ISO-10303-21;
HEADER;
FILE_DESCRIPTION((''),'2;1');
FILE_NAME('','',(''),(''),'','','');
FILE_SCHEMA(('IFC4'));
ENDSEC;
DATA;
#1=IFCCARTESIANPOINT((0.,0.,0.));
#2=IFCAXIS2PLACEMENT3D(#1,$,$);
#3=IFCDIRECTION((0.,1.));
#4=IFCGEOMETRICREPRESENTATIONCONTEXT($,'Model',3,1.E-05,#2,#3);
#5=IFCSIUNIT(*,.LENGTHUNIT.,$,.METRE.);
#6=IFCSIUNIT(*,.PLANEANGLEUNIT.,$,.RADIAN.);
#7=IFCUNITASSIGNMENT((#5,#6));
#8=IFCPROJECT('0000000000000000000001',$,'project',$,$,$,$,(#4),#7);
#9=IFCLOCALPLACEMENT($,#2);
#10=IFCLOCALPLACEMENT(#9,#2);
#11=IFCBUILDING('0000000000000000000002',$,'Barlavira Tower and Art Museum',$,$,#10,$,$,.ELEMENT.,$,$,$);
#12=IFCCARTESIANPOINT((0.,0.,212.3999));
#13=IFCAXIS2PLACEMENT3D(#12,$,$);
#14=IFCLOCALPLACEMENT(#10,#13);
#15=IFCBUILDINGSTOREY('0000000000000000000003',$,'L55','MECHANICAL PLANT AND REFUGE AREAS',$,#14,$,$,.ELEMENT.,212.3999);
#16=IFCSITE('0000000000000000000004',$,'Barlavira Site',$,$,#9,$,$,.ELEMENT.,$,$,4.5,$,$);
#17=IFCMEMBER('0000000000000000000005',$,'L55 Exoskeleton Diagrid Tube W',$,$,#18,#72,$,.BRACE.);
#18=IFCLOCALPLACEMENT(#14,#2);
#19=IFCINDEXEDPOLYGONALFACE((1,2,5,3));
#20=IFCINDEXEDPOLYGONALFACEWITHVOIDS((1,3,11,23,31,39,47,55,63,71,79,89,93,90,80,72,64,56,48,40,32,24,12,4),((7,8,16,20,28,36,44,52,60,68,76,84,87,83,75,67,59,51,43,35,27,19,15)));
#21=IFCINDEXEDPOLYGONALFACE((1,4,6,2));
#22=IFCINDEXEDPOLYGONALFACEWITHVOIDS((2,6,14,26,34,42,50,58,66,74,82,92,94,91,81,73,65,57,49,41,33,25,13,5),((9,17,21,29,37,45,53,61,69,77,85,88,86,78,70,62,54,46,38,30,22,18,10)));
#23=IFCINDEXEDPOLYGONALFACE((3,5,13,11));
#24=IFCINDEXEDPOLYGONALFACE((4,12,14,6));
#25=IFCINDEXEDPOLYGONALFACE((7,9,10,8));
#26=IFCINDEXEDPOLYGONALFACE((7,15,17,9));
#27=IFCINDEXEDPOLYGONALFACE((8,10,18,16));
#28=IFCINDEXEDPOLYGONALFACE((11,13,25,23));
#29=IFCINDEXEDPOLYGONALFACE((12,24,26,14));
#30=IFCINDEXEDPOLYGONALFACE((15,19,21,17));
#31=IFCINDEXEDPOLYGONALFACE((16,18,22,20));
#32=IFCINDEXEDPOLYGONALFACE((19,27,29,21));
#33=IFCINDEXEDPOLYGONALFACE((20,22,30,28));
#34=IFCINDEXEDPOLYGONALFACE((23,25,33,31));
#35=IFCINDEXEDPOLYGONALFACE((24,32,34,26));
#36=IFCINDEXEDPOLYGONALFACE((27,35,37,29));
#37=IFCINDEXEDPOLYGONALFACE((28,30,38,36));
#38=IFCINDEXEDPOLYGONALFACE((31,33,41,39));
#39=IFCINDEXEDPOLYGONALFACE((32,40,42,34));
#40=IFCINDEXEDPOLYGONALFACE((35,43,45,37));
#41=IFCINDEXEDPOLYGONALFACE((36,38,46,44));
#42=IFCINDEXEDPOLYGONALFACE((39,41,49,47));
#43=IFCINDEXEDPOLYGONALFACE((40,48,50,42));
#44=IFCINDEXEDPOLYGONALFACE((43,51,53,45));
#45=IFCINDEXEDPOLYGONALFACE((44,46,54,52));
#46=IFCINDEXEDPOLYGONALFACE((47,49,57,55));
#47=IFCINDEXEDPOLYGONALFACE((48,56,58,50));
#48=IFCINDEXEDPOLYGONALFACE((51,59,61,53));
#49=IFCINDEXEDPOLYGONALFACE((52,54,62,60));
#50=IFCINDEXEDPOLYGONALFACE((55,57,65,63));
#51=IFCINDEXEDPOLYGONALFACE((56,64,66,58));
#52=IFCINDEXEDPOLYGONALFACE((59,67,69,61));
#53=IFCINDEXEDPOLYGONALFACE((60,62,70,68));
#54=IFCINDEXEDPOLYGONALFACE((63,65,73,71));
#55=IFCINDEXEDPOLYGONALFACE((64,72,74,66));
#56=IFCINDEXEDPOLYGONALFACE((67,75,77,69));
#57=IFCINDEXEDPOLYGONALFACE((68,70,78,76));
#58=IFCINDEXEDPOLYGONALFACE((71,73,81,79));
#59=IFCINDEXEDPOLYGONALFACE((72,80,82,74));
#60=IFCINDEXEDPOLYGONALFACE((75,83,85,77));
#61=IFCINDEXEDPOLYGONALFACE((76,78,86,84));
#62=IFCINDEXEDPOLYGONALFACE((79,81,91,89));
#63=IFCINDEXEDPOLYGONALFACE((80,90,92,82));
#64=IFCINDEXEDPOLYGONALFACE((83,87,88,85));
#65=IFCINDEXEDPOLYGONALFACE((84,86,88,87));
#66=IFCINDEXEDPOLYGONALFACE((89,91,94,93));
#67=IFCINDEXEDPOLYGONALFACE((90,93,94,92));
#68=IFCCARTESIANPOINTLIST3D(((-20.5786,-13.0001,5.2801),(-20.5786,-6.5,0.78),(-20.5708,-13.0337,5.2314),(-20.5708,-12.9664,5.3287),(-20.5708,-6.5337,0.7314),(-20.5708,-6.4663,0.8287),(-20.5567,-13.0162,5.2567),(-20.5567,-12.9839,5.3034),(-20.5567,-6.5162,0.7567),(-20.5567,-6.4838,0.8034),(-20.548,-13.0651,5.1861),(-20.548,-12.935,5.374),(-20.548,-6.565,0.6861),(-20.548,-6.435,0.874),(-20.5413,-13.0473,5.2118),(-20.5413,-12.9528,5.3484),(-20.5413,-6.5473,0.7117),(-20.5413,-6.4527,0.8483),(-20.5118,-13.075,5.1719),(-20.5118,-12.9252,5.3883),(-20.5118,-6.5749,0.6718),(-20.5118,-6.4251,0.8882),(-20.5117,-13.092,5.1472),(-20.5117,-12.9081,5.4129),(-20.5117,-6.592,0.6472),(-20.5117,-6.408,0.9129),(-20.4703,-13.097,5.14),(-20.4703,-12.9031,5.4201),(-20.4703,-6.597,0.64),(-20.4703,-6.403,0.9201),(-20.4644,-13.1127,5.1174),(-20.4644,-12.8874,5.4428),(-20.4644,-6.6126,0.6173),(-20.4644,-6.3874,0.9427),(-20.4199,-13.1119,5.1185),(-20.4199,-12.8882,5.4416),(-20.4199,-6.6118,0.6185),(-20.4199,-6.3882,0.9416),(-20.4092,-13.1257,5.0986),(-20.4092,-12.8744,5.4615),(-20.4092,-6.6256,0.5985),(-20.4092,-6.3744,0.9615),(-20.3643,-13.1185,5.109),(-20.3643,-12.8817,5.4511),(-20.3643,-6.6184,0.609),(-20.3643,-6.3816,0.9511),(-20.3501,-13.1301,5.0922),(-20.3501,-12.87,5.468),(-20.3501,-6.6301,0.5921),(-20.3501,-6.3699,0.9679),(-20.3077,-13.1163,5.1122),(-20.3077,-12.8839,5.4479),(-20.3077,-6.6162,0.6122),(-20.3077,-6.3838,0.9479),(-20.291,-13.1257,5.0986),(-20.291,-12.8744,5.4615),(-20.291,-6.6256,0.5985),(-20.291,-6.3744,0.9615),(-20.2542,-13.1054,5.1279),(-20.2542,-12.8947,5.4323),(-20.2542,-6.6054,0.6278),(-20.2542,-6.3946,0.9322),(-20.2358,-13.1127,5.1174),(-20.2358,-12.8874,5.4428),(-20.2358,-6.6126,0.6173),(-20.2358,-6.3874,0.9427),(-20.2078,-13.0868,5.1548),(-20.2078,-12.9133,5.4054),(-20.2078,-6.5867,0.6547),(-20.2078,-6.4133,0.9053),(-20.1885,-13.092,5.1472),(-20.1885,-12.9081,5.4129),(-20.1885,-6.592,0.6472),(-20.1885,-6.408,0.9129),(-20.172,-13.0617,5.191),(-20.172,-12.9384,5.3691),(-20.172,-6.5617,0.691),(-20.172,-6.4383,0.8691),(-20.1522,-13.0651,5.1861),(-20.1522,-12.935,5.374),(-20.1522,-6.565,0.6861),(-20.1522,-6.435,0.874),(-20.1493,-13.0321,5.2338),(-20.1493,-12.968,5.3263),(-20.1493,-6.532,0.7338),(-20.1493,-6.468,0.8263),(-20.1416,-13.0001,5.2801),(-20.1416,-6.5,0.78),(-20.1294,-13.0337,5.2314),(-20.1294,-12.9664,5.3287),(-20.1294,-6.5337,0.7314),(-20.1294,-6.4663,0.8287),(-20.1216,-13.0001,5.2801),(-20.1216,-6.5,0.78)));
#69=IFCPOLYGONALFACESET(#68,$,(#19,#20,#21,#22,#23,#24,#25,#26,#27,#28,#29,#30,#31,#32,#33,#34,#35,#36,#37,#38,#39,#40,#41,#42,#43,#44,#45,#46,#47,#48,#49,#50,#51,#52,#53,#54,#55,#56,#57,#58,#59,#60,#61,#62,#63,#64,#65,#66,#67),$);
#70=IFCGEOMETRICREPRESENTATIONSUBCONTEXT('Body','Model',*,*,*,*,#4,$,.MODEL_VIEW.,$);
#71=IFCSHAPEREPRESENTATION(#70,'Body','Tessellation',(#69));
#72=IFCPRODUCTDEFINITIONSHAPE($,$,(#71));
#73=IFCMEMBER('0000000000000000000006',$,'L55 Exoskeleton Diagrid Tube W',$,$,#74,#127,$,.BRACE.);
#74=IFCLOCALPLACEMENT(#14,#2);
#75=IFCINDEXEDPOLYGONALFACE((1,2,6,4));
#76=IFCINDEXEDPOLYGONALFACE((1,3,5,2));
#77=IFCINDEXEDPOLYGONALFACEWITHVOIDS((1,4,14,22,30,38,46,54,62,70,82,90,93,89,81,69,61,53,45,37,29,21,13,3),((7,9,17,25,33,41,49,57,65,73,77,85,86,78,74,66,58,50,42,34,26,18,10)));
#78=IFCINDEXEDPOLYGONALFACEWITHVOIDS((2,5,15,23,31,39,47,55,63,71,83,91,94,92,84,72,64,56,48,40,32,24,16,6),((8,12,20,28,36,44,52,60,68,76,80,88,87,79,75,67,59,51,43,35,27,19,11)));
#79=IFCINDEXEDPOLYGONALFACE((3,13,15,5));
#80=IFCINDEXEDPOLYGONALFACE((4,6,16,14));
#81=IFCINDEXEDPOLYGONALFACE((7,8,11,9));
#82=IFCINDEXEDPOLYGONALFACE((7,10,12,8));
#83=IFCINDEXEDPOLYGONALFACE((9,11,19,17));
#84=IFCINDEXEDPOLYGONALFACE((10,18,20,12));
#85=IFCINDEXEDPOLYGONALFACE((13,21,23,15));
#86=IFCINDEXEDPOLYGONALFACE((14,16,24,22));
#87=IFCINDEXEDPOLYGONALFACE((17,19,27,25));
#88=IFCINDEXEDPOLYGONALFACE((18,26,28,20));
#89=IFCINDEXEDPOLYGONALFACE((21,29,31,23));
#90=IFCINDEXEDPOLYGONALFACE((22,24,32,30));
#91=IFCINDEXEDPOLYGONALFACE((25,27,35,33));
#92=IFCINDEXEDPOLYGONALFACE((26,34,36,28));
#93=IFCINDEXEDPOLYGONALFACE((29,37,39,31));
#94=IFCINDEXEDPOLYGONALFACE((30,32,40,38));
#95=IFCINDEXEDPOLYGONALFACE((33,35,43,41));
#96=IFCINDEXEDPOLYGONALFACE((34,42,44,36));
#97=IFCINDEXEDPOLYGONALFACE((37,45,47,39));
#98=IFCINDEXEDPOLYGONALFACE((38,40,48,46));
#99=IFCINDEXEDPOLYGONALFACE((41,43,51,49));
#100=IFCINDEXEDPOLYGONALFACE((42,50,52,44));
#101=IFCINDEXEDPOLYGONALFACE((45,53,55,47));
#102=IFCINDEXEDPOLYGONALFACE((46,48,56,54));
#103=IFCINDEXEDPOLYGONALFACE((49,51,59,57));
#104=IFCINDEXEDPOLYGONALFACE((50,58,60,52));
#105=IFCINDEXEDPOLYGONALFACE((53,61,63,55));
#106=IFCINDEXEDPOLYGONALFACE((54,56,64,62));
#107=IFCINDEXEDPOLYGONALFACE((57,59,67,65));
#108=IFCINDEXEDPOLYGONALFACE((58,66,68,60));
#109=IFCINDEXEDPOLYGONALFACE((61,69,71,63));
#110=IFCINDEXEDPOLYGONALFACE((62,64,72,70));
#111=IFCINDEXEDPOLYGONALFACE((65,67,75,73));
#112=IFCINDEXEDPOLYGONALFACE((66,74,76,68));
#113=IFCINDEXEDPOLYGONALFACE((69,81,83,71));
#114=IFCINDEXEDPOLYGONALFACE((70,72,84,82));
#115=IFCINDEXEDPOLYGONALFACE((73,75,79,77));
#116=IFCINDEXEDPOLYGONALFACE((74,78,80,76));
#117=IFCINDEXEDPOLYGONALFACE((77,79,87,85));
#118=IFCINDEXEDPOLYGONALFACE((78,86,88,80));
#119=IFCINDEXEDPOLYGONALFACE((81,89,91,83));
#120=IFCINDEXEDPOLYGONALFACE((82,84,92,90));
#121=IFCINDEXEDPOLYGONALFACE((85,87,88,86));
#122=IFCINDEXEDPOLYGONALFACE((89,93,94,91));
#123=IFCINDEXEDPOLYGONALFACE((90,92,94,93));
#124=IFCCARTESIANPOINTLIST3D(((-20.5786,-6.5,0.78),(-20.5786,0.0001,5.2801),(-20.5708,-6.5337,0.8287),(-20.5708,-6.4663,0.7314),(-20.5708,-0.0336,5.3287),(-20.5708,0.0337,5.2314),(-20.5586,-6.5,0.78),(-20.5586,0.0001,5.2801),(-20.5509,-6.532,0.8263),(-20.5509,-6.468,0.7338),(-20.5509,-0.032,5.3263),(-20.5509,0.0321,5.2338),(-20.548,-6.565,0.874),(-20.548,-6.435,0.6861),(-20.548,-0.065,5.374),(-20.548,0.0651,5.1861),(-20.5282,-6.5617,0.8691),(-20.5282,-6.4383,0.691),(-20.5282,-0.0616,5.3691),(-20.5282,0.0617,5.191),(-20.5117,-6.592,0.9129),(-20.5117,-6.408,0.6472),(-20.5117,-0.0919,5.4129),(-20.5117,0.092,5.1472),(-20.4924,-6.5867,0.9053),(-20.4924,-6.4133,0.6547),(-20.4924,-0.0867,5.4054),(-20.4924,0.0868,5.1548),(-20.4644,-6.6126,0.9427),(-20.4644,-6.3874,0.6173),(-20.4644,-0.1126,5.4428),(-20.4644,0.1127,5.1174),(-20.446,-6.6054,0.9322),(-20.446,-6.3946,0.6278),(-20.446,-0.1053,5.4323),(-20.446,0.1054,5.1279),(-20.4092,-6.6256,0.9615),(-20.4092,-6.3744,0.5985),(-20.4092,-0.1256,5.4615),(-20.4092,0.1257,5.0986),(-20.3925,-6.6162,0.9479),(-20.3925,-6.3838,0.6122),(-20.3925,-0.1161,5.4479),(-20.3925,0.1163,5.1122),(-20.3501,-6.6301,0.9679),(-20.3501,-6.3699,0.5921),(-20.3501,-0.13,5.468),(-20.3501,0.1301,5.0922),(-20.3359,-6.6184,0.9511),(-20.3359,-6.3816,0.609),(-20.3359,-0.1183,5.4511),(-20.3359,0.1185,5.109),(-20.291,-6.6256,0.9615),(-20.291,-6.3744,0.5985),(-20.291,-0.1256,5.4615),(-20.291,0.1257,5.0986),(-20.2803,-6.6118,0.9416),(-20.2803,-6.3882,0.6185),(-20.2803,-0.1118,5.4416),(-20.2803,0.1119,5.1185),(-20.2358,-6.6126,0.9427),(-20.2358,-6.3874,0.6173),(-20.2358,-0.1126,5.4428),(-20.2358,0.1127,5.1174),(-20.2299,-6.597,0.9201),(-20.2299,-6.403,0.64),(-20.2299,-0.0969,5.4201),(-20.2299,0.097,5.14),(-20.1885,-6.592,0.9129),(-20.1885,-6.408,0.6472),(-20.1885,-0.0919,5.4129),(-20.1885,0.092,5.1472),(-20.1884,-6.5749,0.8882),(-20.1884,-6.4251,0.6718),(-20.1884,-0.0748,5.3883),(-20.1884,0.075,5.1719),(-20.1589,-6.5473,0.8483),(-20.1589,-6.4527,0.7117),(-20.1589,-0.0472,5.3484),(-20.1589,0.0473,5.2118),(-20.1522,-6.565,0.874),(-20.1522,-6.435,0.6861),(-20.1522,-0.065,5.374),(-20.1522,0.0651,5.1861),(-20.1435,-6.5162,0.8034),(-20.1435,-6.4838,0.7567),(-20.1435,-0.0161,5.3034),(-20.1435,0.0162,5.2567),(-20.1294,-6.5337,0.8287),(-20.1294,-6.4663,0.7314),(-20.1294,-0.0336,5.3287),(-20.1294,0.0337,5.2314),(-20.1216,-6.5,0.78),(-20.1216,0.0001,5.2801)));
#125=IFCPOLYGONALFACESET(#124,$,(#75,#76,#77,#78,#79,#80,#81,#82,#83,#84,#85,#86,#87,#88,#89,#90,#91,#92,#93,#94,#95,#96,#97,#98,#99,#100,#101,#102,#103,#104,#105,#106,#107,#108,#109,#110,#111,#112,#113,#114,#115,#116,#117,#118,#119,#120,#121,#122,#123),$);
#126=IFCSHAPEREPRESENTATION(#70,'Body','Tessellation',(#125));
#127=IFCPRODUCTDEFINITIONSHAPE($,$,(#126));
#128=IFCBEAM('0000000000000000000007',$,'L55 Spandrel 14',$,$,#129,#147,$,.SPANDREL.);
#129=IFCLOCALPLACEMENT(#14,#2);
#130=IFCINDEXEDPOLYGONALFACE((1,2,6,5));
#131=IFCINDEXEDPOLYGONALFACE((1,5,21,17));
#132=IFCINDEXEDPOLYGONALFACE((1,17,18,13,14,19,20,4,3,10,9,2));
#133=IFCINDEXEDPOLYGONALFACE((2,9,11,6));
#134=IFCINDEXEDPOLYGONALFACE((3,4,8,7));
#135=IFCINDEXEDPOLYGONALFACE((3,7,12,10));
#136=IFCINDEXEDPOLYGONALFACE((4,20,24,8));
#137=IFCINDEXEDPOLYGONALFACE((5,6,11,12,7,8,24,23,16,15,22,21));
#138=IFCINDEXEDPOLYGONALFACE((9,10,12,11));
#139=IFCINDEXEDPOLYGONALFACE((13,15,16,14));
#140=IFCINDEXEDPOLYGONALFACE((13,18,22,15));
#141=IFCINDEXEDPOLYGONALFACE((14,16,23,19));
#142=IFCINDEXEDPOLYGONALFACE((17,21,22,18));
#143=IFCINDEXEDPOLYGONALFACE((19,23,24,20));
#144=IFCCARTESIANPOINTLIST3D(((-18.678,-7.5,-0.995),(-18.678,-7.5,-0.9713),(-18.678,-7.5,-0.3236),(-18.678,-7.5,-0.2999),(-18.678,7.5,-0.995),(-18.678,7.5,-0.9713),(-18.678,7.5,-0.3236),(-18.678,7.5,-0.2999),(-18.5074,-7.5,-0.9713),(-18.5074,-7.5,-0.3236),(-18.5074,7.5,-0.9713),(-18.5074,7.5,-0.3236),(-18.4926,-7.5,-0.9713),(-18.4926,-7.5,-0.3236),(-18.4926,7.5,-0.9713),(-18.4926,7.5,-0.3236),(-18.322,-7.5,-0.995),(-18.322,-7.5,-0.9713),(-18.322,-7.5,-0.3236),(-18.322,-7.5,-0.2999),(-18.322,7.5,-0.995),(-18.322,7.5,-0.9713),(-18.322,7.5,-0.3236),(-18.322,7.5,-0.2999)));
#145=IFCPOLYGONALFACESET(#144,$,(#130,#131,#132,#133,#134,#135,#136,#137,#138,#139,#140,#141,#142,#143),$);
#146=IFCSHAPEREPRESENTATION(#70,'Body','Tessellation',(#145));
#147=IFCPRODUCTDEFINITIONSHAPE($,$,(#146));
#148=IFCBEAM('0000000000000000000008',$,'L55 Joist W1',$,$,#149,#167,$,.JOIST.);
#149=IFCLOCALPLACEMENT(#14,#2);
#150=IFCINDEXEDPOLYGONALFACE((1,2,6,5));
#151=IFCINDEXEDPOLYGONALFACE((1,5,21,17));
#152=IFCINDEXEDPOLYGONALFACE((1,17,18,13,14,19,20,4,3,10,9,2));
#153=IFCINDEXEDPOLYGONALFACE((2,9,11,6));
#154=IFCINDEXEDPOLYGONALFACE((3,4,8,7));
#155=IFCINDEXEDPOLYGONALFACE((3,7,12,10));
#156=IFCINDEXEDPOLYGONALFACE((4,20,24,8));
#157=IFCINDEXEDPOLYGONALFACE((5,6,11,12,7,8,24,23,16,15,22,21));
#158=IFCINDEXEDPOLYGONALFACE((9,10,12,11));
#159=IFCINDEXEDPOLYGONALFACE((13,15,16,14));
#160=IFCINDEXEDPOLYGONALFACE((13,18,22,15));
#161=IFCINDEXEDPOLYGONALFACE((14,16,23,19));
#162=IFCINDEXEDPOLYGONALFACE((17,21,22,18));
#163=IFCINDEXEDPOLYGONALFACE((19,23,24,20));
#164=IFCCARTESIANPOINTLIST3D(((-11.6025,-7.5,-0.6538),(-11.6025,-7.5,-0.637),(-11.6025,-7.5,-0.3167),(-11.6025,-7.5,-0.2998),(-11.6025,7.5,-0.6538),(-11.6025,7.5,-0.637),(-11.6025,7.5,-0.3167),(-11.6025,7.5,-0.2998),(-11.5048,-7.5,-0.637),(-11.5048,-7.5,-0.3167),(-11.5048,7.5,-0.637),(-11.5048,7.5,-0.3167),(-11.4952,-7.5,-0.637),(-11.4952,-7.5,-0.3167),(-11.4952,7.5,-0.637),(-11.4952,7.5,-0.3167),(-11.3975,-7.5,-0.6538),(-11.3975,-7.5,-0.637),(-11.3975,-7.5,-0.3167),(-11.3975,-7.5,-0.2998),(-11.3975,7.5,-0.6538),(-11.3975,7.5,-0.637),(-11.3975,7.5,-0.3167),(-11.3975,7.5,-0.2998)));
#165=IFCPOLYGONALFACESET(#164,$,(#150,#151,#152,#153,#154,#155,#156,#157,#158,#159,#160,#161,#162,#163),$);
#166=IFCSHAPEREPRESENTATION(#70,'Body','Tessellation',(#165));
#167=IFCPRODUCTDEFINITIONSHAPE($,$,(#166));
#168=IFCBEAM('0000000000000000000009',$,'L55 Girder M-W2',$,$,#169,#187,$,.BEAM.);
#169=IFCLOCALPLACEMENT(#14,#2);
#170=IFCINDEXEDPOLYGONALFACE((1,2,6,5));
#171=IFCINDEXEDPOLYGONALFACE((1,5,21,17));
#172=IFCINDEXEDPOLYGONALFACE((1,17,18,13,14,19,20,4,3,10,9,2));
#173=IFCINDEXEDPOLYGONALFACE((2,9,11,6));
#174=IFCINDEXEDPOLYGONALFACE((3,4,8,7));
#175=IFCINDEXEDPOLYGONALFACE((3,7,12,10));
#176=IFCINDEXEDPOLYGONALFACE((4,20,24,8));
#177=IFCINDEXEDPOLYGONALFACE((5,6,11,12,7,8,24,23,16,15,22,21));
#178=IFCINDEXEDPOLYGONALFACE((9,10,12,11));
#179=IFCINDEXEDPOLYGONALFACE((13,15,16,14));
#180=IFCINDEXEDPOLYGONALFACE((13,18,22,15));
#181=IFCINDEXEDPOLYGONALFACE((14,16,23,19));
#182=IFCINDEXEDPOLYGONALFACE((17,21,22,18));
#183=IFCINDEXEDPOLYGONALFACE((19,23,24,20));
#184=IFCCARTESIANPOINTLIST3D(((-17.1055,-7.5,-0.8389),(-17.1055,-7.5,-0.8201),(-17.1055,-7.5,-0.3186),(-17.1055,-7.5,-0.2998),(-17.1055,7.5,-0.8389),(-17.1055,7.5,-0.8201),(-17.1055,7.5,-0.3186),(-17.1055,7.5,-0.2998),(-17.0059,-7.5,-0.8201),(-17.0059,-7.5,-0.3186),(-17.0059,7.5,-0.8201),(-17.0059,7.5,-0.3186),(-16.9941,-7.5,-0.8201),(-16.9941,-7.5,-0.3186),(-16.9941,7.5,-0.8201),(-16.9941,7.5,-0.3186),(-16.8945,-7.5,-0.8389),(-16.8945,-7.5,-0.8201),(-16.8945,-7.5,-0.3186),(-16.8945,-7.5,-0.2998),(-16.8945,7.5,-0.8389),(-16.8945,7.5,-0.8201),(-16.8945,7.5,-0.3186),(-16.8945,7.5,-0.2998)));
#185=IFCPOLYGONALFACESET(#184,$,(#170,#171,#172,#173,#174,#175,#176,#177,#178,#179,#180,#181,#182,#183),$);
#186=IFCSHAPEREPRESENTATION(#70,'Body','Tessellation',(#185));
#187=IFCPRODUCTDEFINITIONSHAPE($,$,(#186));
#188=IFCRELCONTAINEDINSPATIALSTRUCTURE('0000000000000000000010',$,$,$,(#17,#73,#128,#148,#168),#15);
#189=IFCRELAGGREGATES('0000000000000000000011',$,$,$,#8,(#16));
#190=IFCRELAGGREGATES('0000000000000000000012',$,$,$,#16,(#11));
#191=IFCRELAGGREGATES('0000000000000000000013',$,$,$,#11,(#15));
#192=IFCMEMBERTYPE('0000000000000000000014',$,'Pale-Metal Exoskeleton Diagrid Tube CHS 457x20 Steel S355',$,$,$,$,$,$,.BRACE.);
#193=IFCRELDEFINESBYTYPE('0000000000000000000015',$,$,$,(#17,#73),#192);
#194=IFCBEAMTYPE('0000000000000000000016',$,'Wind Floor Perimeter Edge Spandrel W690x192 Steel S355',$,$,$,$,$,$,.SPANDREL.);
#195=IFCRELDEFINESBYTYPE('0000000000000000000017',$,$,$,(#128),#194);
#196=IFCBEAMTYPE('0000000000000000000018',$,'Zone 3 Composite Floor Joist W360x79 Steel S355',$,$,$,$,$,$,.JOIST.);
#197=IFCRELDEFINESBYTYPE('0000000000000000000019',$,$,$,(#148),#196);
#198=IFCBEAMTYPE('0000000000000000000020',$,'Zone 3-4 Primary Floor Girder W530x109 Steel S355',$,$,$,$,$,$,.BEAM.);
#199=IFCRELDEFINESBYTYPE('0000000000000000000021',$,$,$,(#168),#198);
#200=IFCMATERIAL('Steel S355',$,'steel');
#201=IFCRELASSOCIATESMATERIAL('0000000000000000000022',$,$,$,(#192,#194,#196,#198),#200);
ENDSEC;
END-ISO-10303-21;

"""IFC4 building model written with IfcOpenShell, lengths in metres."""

from ifc_helpers import new_model, si_unit, direction, frame, origin, origin_2d, place, context, subcontext, project, spatial, hollow_circle, i_section, extrude, material, material_profile, profile_set, type_object, element, save


model = new_model("IFC4")

# Units and contexts
model_context = context("Model", 3, precision=1e-05, world=origin(), true_north=direction((0.0, 1.0)))
body_context = subcontext(model_context, "Body", "Model", "MODEL_VIEW")
ifc_project = project(units=[si_unit("LENGTHUNIT", "METRE"), si_unit("PLANEANGLEUNIT", "RADIAN")], contexts=[model_context])

# Site, building, storey
site_placement = place(None, origin())
site = spatial("IfcSite", under=ifc_project, at=site_placement, Name="Barlavira Site", CompositionType="ELEMENT", RefElevation=4.5)
building_placement = place(site_placement, origin())
building = spatial("IfcBuilding", under=site, at=building_placement, Name="Barlavira Tower and Art Museum", CompositionType="ELEMENT")
storey_placement = place(building_placement, frame((0.0, 0.0, 212.3999)))
storey = spatial("IfcBuildingStorey", under=building, at=storey_placement, Name="L55", Description="MECHANICAL PLANT AND REFUGE AREAS", CompositionType="ELEMENT", Elevation=212.3999)

# Members
ifc_material_1 = material(Name="Steel S355", Category="steel")
ifc_material_profile_1 = material_profile(ifc_material_1, hollow_circle(Radius=0.2285, WallThickness=0.02, at=origin_2d()), Name="CHS 457.0x20.0")
ifc_profile_set_1 = profile_set([ifc_material_profile_1], Name="Steel S355")
member_type_1 = type_object("IfcMemberType", Name="Pale-Metal Exoskeleton Diagrid Tube CHS 457x20 Steel S355", PredefinedType="BRACE", material=ifc_profile_set_1)
for number, where, z_axis, x_axis, name in (
    (1, (-20.3501, -6.5, 0.78), (0.0, -0.822192, 0.56921), (1.0, 0.0, 0.0), "L55 Exoskeleton Diagrid Tube W"),
    (2, (-20.3501, -6.5, 0.78), (0.0, 0.822192, 0.56921), (-1.0, 0.0, 0.0), "L55 Exoskeleton Diagrid Tube W"),
):
    element("IfcMember", number, at=place(storey_placement, frame(where, z_axis=z_axis, x_axis=x_axis)), inside=storey, type_object=member_type_1, Name=name, PredefinedType="BRACE", context=body_context, shape_type="SweptSolid", body=[
        extrude(hollow_circle(Radius=0.2285, WallThickness=0.02, at=origin_2d()), origin(), (0.0, 0.0, 1.0), 7.9058),
    ])

# Beams
ifc_material_profile_2 = material_profile(ifc_material_1, i_section(OverallWidth=0.356, OverallDepth=0.6951, WebThickness=0.0149, FlangeThickness=0.0237, at=origin_2d()), Name="W690x192.0")
ifc_profile_set_2 = profile_set([ifc_material_profile_2], Name="Steel S355")
beam_type_1 = type_object("IfcBeamType", Name="Wind Floor Perimeter Edge Spandrel W690x192 Steel S355", PredefinedType="SPANDREL", material=ifc_profile_set_2)
beam_1_placement = place(storey_placement, frame((-18.5, -7.5, -0.6475), z_axis=(0.0, 1.0, 0.0), x_axis=(-1.0, 0.0, 0.0)))
element("IfcBeam", 3, at=beam_1_placement, inside=storey, type_object=beam_type_1, Name="L55 Spandrel 14", PredefinedType="SPANDREL", context=body_context, shape_type="SweptSolid", body=[
    extrude(i_section(OverallWidth=0.356, OverallDepth=0.6951, WebThickness=0.0149, FlangeThickness=0.0237, at=origin_2d()), origin(), (0.0, 0.0, 1.0), 15.0),
])
ifc_material_profile_3 = material_profile(ifc_material_1, i_section(OverallWidth=0.2051, OverallDepth=0.354, WebThickness=0.0095, FlangeThickness=0.0168, at=origin_2d()), Name="W360x79.0")
ifc_profile_set_3 = profile_set([ifc_material_profile_3], Name="Steel S355")
beam_type_2 = type_object("IfcBeamType", Name="Zone 3 Composite Floor Joist W360x79 Steel S355", PredefinedType="JOIST", material=ifc_profile_set_3)
beam_2_placement = place(storey_placement, frame((-11.5, -7.5, -0.4768), z_axis=(0.0, 1.0, 0.0), x_axis=(-1.0, 0.0, 0.0)))
element("IfcBeam", 4, at=beam_2_placement, inside=storey, type_object=beam_type_2, Name="L55 Joist W1", PredefinedType="JOIST", context=body_context, shape_type="SweptSolid", body=[
    extrude(i_section(OverallWidth=0.2051, OverallDepth=0.354, WebThickness=0.0095, FlangeThickness=0.0168, at=origin_2d()), origin(), (0.0, 0.0, 1.0), 15.0),
])
ifc_material_profile_4 = material_profile(ifc_material_1, i_section(OverallWidth=0.2109, OverallDepth=0.5391, WebThickness=0.0117, FlangeThickness=0.0188, at=origin_2d()), Name="W530x109.0")
ifc_profile_set_4 = profile_set([ifc_material_profile_4], Name="Steel S355")
beam_type_3 = type_object("IfcBeamType", Name="Zone 3-4 Primary Floor Girder W530x109 Steel S355", PredefinedType="BEAM", material=ifc_profile_set_4)
beam_3_placement = place(storey_placement, frame((-17.0, -7.5, -0.5693), z_axis=(0.0, 1.0, 0.0), x_axis=(-1.0, 0.0, 0.0)))
element("IfcBeam", 5, at=beam_3_placement, inside=storey, type_object=beam_type_3, Name="L55 Girder M-W2", PredefinedType="BEAM", context=body_context, shape_type="SweptSolid", body=[
    extrude(i_section(OverallWidth=0.2109, OverallDepth=0.5391, WebThickness=0.0117, FlangeThickness=0.0188, at=origin_2d()), origin(), (0.0, 0.0, 1.0), 15.0),
])

save(model, "model.ifc")
